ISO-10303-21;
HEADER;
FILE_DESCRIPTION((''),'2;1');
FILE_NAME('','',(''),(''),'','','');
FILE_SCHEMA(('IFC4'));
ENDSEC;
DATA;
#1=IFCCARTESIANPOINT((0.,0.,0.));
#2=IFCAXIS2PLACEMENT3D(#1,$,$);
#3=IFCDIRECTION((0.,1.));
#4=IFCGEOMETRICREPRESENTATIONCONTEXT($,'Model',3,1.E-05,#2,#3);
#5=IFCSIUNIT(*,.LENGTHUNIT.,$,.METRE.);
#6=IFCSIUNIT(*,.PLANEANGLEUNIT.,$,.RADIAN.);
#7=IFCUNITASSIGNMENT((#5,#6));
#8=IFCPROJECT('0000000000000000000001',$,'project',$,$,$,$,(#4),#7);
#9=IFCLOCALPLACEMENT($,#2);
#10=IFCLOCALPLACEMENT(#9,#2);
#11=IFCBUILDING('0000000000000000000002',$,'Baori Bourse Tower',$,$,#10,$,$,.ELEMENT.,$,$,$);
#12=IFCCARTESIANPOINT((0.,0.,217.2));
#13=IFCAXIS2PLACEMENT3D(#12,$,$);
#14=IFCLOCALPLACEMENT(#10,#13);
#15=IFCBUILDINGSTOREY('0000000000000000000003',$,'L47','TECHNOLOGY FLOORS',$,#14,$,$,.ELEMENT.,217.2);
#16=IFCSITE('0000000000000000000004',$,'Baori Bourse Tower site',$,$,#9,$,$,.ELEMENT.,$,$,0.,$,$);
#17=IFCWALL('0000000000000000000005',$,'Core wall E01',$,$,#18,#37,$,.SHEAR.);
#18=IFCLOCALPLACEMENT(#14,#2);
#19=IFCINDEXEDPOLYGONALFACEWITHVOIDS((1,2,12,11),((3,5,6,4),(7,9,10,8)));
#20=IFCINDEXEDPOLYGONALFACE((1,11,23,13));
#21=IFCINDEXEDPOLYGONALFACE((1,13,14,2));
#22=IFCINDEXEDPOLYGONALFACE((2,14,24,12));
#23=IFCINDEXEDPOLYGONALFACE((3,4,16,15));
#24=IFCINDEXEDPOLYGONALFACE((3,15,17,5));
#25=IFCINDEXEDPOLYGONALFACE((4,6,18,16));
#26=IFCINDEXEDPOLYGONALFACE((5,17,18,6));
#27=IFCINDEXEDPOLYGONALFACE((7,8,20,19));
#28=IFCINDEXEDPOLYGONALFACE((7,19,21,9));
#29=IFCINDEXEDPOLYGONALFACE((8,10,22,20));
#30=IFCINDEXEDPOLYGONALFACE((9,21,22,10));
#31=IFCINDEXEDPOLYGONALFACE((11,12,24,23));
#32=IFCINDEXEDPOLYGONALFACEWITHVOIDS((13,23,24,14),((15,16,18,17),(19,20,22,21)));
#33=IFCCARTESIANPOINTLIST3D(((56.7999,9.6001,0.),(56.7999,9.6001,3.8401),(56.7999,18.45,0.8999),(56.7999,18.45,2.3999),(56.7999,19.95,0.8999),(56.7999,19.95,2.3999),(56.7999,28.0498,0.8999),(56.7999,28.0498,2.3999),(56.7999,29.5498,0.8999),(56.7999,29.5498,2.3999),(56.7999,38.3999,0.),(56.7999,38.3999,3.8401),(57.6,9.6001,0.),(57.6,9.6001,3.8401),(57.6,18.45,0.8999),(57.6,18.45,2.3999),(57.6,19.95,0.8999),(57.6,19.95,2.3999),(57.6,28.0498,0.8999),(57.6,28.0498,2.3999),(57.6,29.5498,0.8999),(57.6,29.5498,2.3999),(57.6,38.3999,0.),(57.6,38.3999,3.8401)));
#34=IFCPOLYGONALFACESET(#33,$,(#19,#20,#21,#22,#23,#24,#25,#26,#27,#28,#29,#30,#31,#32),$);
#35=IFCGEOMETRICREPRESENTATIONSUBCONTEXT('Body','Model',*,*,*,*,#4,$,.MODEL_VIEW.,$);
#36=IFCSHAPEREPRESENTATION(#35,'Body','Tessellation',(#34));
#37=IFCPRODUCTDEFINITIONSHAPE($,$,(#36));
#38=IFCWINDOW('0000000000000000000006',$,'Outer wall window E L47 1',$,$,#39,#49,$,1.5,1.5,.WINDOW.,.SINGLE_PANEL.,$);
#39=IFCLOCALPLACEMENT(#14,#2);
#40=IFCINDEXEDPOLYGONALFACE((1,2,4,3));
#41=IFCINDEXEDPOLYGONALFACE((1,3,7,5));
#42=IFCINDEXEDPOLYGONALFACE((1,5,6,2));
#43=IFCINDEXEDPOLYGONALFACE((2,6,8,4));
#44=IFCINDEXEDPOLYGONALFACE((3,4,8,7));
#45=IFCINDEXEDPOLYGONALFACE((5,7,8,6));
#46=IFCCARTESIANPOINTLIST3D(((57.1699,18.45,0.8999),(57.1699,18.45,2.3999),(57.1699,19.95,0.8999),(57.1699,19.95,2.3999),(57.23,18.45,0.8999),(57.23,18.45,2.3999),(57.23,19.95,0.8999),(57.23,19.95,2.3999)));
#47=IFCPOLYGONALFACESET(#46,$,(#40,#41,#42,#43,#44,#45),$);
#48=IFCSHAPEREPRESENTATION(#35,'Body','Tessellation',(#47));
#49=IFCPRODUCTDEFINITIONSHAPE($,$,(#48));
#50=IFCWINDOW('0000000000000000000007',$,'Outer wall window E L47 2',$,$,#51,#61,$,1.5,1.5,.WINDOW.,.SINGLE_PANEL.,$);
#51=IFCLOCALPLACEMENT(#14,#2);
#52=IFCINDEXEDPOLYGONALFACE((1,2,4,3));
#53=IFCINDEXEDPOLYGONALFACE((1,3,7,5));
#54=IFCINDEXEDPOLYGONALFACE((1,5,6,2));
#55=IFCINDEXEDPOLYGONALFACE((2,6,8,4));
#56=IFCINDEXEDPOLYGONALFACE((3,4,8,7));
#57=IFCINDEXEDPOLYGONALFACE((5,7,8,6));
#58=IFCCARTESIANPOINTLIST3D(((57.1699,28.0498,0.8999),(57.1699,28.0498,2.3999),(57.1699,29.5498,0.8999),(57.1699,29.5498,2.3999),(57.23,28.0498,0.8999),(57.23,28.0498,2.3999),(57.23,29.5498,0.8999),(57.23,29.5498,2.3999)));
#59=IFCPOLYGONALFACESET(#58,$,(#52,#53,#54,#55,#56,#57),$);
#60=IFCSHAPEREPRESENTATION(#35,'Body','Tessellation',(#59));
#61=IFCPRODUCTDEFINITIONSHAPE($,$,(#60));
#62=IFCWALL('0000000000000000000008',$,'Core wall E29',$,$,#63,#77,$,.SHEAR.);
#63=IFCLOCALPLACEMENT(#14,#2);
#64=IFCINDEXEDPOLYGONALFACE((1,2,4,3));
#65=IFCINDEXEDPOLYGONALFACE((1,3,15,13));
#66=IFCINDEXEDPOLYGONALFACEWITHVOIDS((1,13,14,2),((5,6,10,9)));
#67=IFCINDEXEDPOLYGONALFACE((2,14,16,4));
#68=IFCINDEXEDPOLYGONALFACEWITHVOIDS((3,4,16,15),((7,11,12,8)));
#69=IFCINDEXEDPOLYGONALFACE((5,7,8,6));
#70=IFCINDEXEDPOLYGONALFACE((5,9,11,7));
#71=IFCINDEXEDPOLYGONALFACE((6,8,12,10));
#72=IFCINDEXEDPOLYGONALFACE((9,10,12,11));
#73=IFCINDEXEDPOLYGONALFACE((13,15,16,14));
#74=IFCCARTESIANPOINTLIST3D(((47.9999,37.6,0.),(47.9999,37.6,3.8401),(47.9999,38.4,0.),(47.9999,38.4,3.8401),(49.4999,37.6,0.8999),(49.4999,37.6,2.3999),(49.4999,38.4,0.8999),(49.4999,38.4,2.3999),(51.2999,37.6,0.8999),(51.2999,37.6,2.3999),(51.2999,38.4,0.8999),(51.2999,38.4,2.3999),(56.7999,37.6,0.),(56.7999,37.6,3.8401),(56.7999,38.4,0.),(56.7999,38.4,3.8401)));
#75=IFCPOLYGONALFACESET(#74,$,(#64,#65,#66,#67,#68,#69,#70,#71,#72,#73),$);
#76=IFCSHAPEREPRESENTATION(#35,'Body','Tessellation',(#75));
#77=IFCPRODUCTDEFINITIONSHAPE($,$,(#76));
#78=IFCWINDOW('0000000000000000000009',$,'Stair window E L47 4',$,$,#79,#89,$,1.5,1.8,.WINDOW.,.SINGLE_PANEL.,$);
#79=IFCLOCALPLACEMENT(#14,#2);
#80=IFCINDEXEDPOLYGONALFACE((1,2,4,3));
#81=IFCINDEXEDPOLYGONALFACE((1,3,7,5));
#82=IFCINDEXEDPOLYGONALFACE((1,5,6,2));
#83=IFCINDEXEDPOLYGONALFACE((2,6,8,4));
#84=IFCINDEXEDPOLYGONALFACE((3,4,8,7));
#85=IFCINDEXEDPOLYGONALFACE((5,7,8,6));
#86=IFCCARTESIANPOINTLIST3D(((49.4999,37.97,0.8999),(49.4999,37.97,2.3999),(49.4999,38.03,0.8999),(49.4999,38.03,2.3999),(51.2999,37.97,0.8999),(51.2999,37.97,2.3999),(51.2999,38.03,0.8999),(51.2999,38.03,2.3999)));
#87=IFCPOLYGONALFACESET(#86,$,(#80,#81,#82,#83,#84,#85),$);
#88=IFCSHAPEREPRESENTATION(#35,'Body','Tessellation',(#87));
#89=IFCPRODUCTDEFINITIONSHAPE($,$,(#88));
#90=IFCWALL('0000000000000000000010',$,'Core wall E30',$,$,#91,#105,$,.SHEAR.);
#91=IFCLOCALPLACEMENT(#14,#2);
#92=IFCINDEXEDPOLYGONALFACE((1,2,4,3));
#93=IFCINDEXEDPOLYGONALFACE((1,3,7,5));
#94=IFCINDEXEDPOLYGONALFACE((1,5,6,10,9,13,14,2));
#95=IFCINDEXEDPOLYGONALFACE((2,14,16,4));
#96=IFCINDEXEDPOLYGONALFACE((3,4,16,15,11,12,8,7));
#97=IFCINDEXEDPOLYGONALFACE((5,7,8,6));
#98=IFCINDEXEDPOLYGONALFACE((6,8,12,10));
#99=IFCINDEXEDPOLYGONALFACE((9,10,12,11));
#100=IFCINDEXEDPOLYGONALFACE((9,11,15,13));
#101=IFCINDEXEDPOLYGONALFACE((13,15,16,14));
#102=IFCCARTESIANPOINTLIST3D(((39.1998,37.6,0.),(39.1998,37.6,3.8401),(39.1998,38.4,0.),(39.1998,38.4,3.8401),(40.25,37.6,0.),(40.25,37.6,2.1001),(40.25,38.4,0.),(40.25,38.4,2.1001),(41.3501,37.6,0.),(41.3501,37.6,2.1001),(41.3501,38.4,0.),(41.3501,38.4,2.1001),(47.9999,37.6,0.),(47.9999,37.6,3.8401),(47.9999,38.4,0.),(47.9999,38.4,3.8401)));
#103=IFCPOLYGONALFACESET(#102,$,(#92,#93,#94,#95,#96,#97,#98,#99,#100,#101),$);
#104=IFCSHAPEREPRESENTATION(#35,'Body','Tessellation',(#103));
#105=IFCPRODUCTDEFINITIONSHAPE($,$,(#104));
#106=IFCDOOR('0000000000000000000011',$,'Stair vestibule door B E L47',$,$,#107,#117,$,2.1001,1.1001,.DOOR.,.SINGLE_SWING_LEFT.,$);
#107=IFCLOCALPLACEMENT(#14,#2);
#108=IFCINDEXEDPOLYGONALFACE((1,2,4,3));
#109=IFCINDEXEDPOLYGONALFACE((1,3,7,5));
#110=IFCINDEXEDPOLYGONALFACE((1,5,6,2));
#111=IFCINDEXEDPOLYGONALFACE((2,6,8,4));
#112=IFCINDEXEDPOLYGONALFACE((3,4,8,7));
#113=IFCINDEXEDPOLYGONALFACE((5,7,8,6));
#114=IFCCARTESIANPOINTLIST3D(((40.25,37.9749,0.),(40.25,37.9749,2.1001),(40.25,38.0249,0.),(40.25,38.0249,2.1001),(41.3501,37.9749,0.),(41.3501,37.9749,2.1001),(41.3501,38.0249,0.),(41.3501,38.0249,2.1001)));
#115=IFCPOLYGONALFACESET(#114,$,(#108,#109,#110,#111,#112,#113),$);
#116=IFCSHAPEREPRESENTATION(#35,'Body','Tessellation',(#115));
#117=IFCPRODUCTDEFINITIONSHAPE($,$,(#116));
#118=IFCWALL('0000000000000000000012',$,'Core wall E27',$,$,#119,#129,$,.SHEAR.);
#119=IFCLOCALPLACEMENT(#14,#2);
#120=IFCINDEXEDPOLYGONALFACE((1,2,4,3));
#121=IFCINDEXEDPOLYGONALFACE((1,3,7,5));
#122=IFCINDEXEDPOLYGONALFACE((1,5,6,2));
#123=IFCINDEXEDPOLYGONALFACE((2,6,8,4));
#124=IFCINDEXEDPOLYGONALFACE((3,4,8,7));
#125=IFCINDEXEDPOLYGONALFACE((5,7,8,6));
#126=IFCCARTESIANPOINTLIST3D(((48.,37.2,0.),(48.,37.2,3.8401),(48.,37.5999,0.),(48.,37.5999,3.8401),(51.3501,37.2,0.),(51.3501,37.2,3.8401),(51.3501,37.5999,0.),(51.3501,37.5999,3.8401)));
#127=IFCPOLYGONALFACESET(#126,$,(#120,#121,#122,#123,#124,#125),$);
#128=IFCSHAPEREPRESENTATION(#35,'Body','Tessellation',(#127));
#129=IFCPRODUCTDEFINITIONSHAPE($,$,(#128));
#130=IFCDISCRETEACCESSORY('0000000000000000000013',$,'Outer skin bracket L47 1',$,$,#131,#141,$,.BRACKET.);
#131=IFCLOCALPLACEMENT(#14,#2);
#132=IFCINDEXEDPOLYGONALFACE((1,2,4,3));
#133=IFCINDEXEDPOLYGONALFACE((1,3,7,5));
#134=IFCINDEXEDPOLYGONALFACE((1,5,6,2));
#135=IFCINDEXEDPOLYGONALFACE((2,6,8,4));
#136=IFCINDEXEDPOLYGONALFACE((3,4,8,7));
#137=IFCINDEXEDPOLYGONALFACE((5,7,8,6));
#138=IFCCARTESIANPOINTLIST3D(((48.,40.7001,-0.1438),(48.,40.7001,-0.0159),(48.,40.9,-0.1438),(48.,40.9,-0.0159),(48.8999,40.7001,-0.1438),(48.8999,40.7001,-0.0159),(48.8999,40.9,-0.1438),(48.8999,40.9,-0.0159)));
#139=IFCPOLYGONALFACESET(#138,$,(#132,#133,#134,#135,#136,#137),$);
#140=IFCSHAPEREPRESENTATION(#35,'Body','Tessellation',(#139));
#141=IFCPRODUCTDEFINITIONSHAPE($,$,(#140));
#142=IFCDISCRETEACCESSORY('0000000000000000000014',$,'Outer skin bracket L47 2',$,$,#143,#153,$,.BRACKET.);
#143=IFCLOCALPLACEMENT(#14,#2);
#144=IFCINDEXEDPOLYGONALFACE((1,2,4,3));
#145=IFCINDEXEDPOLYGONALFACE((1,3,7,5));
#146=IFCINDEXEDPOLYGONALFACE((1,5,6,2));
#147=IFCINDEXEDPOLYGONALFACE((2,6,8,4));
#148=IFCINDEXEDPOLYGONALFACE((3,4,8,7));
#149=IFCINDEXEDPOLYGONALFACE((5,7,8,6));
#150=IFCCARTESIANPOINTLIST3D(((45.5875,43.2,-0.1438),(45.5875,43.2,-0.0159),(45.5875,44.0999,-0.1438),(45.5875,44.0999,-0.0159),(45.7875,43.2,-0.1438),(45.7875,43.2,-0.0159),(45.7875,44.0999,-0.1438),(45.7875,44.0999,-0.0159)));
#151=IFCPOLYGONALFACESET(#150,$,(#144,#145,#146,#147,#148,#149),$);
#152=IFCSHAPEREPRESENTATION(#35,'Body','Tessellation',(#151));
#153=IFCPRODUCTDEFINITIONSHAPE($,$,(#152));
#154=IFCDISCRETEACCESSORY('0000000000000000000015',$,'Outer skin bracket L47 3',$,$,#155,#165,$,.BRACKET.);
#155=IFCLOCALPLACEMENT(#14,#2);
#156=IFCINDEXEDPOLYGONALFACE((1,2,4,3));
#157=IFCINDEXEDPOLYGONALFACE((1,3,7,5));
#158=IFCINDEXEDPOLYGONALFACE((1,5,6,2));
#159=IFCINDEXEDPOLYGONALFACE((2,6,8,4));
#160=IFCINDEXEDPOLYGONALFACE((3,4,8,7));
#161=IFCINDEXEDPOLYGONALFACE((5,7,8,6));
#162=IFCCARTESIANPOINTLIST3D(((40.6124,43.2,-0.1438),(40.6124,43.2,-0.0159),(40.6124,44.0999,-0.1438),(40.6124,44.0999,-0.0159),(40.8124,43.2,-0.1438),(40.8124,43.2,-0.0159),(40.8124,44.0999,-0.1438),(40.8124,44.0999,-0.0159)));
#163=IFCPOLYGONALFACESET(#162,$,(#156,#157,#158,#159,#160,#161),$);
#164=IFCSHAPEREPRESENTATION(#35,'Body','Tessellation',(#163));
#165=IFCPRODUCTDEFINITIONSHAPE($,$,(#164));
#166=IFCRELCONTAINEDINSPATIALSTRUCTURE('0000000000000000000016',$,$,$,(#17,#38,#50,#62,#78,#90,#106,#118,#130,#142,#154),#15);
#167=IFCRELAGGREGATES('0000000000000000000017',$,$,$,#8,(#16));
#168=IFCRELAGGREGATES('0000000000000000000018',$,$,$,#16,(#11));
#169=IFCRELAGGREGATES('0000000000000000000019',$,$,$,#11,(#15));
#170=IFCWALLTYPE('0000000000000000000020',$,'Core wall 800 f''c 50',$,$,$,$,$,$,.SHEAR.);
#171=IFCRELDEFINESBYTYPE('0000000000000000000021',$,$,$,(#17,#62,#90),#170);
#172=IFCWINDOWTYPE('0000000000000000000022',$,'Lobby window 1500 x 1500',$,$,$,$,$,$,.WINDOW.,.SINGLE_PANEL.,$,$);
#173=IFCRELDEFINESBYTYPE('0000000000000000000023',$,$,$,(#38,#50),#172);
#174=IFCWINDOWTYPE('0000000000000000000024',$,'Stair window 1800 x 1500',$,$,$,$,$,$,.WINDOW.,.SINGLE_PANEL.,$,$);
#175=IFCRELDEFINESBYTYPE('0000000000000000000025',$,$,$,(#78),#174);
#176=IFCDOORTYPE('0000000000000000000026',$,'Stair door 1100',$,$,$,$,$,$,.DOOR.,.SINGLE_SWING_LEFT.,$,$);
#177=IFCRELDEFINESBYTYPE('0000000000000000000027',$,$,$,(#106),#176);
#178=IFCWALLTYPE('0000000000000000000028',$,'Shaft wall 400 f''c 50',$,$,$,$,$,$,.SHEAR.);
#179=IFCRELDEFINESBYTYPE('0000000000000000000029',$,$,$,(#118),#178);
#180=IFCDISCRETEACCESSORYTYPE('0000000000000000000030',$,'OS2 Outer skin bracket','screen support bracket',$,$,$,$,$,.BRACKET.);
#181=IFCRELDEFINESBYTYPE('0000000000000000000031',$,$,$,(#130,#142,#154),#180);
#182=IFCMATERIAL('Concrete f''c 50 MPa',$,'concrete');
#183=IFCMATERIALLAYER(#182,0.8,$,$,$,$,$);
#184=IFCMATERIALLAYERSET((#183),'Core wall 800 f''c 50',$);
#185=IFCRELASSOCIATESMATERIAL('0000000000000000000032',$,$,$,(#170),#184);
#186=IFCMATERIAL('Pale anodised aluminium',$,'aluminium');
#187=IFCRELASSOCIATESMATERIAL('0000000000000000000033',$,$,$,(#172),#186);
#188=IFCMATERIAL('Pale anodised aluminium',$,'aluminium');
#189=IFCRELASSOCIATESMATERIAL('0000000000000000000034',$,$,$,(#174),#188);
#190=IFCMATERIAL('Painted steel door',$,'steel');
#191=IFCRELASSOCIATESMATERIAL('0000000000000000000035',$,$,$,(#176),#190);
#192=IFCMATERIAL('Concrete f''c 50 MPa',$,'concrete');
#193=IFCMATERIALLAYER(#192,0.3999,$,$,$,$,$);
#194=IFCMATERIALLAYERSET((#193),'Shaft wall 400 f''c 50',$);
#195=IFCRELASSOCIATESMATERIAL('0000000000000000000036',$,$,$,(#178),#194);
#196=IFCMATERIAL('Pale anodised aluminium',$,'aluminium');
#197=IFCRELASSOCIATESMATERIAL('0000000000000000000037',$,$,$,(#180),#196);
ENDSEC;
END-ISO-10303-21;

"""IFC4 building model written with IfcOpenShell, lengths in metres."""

from ifc_helpers import new_model, si_unit, direction, frame, frame_2d, origin, origin_2d, place, context, subcontext, project, spatial, rectangle, extrude, material, layer, layer_set, type_object, element, fill, save


model = new_model("IFC4")

# Units and contexts
model_context = context("Model", 3, precision=1e-05, world=origin(), true_north=direction((0.0, 1.0)))
body_context = subcontext(model_context, "Body", "Model", "MODEL_VIEW")
ifc_project = project(units=[si_unit("LENGTHUNIT", "METRE"), si_unit("PLANEANGLEUNIT", "RADIAN")], contexts=[model_context])

# Site, building, storey
site_placement = place(None, origin())
site = spatial("IfcSite", under=ifc_project, at=site_placement, Name="Baori Bourse Tower site", CompositionType="ELEMENT", RefElevation=0.0)
building_placement = place(site_placement, origin())
building = spatial("IfcBuilding", under=site, at=building_placement, Name="Baori Bourse Tower", CompositionType="ELEMENT")
storey_placement = place(building_placement, frame((0.0, 0.0, 217.2)))
storey = spatial("IfcBuildingStorey", under=building, at=storey_placement, Name="L47", Description="TECHNOLOGY FLOORS", CompositionType="ELEMENT", Elevation=217.2)

# Wall, openings, windows
ifc_material_1 = material(Name="Concrete f'c 50 MPa", Category="concrete")
ifc_layer_1 = layer(ifc_material_1, 0.8)
ifc_layer_set_1 = layer_set([ifc_layer_1], Name="Core wall 800 f'c 50")
wall_type_1 = type_object("IfcWallType", Name="Core wall 800 f'c 50", PredefinedType="SHEAR", material=ifc_layer_set_1)
wall_1_placement = place(storey_placement, frame((57.2, 38.3999, 0.0), z_axis=(0.0, 0.0, 1.0), x_axis=(0.0, -1.0, 0.0)))
wall_1 = element("IfcWall", 1, at=wall_1_placement, inside=storey, type_object=wall_type_1, Name="Core wall E01", PredefinedType="SHEAR", context=body_context, shape_type="SweptSolid", body=[
    extrude(rectangle(XDim=28.7998, YDim=0.8, at=frame_2d((14.3999, 0.0))), origin(), (0.0, 0.0, 1.0), 3.8401),
])
opening_1_placement = place(wall_1_placement, frame((18.45, 0.0, 0.8999)))
opening_1 = element("IfcOpeningElement", 2, at=opening_1_placement, cuts=wall_1, PredefinedType="OPENING", context=body_context, shape_type="SweptSolid", body=[
    extrude(rectangle(XDim=1.5, YDim=1.5, at=frame_2d((0.75, 0.75))), frame((0.0, 0.4099, 0.0), z_axis=(0.0, -1.0, 0.0), x_axis=(1.0, 0.0, 0.0)), (0.0, 0.0, 1.0), 0.8201),
])
opening_2_placement = place(wall_1_placement, frame((8.8501, 0.0, 0.8999)))
opening_2 = element("IfcOpeningElement", 3, at=opening_2_placement, cuts=wall_1, PredefinedType="OPENING", context=body_context, shape_type="SweptSolid", body=[
    extrude(rectangle(XDim=1.5, YDim=1.5, at=frame_2d((0.75, 0.75))), frame((0.0, 0.4099, 0.0), z_axis=(0.0, -1.0, 0.0), x_axis=(1.0, 0.0, 0.0)), (0.0, 0.0, 1.0), 0.8201),
])
ifc_material_2 = material(Name="Pale anodised aluminium", Category="aluminium")
window_type_1 = type_object("IfcWindowType", Name="Lobby window 1500 x 1500", PartitioningType="SINGLE_PANEL", PredefinedType="WINDOW", material=ifc_material_2)
window_1_placement = place(opening_1_placement, origin())
window_1 = element("IfcWindow", 4, at=window_1_placement, inside=storey, type_object=window_type_1, Name="Outer wall window E L47 1", OverallHeight=1.5, OverallWidth=1.5, PartitioningType="SINGLE_PANEL", PredefinedType="WINDOW", context=body_context, shape_type="SweptSolid", body=[
    extrude(rectangle(XDim=1.5, YDim=1.5, at=frame_2d((0.75, 0.75))), frame((0.0, 0.03, 0.0), z_axis=(0.0, -1.0, 0.0), x_axis=(1.0, 0.0, 0.0)), (0.0, 0.0, 1.0), 0.0601),
])
fill(opening_1, window_1)
window_2_placement = place(opening_2_placement, origin())
window_2 = element("IfcWindow", 5, at=window_2_placement, inside=storey, type_object=window_type_1, Name="Outer wall window E L47 2", OverallHeight=1.5, OverallWidth=1.5, PartitioningType="SINGLE_PANEL", PredefinedType="WINDOW", context=body_context, shape_type="SweptSolid", body=[
    extrude(rectangle(XDim=1.5, YDim=1.5, at=frame_2d((0.75, 0.75))), frame((0.0, 0.03, 0.0), z_axis=(0.0, -1.0, 0.0), x_axis=(1.0, 0.0, 0.0)), (0.0, 0.0, 1.0), 0.0601),
])
fill(opening_2, window_2)

# Wall, opening, window
wall_2_placement = place(storey_placement, frame((48.0, 38.0, 0.0), z_axis=(0.0, 0.0, 1.0), x_axis=(1.0, 0.0, 0.0)))
wall_2 = element("IfcWall", 6, at=wall_2_placement, inside=storey, type_object=wall_type_1, Name="Core wall E29", PredefinedType="SHEAR", context=body_context, shape_type="SweptSolid", body=[
    extrude(rectangle(XDim=8.8, YDim=0.8, at=frame_2d((4.3999, 0.0))), origin(), (0.0, 0.0, 1.0), 3.8401),
])
opening_3_placement = place(wall_2_placement, frame((1.5, 0.0, 0.8999)))
opening_3 = element("IfcOpeningElement", 7, at=opening_3_placement, cuts=wall_2, PredefinedType="OPENING", context=body_context, shape_type="SweptSolid", body=[
    extrude(rectangle(XDim=1.8, YDim=1.5, at=frame_2d((0.8999, 0.75))), frame((0.0, 0.4099, 0.0), z_axis=(0.0, -1.0, 0.0), x_axis=(1.0, 0.0, 0.0)), (0.0, 0.0, 1.0), 0.8201),
])
ifc_material_3 = material(Name="Pale anodised aluminium", Category="aluminium")
window_type_2 = type_object("IfcWindowType", Name="Stair window 1800 x 1500", PartitioningType="SINGLE_PANEL", PredefinedType="WINDOW", material=ifc_material_3)
window_3_placement = place(opening_3_placement, origin())
window_3 = element("IfcWindow", 8, at=window_3_placement, inside=storey, type_object=window_type_2, Name="Stair window E L47 4", OverallHeight=1.5, OverallWidth=1.8, PartitioningType="SINGLE_PANEL", PredefinedType="WINDOW", context=body_context, shape_type="SweptSolid", body=[
    extrude(rectangle(XDim=1.8, YDim=1.5, at=frame_2d((0.8999, 0.75))), frame((0.0, 0.03, 0.0), z_axis=(0.0, -1.0, 0.0), x_axis=(1.0, 0.0, 0.0)), (0.0, 0.0, 1.0), 0.0601),
])
fill(opening_3, window_3)

# Wall, opening, door
wall_3_placement = place(storey_placement, frame((39.2, 38.0, 0.0), z_axis=(0.0, 0.0, 1.0), x_axis=(1.0, 0.0, 0.0)))
wall_3 = element("IfcWall", 9, at=wall_3_placement, inside=storey, type_object=wall_type_1, Name="Core wall E30", PredefinedType="SHEAR", context=body_context, shape_type="SweptSolid", body=[
    extrude(rectangle(XDim=8.8, YDim=0.8, at=frame_2d((4.3999, 0.0))), origin(), (0.0, 0.0, 1.0), 3.8401),
])
opening_4_placement = place(wall_3_placement, frame((1.05, 0.0, 0.0)))
opening_4 = element("IfcOpeningElement", 10, at=opening_4_placement, cuts=wall_3, PredefinedType="OPENING", context=body_context, shape_type="SweptSolid", body=[
    extrude(rectangle(XDim=1.1001, YDim=2.1001, at=frame_2d((0.55, 1.05))), frame((0.0, 0.4099, 0.0), z_axis=(0.0, -1.0, 0.0), x_axis=(1.0, 0.0, 0.0)), (0.0, 0.0, 1.0), 0.8201),
])
ifc_material_4 = material(Name="Painted steel door", Category="steel")
door_type = type_object("IfcDoorType", Name="Stair door 1100", OperationType="SINGLE_SWING_LEFT", PredefinedType="DOOR", material=ifc_material_4)
door_placement = place(opening_4_placement, origin())
door = element("IfcDoor", 11, at=door_placement, inside=storey, type_object=door_type, Name="Stair vestibule door B E L47", OperationType="SINGLE_SWING_LEFT", OverallHeight=2.1001, OverallWidth=1.1001, PredefinedType="DOOR", context=body_context, shape_type="SweptSolid", body=[
    extrude(rectangle(XDim=1.1001, YDim=2.1001, at=frame_2d((0.55, 1.05))), frame((0.0, 0.0249, 0.0), z_axis=(0.0, -1.0, 0.0), x_axis=(1.0, 0.0, 0.0)), (0.0, 0.0, 1.0), 0.05),
])
fill(opening_4, door)

# Wall
ifc_material_5 = material(Name="Concrete f'c 50 MPa", Category="concrete")
ifc_layer_2 = layer(ifc_material_5, 0.3999)
ifc_layer_set_2 = layer_set([ifc_layer_2], Name="Shaft wall 400 f'c 50")
wall_type_2 = type_object("IfcWallType", Name="Shaft wall 400 f'c 50", PredefinedType="SHEAR", material=ifc_layer_set_2)
wall_4_placement = place(storey_placement, frame((48.0, 37.3999, 0.0), z_axis=(0.0, 0.0, 1.0), x_axis=(1.0, 0.0, 0.0)))
element("IfcWall", 12, at=wall_4_placement, inside=storey, type_object=wall_type_2, Name="Core wall E27", PredefinedType="SHEAR", context=body_context, shape_type="SweptSolid", body=[
    extrude(rectangle(XDim=3.3501, YDim=0.3999, at=frame_2d((1.675, 0.0))), origin(), (0.0, 0.0, 1.0), 3.8401),
])

# Discrete accessories
ifc_material_6 = material(Name="Pale anodised aluminium", Category="aluminium")
discrete_accessory_type = type_object("IfcDiscreteAccessoryType", Name="OS2 Outer skin bracket", Description="screen support bracket", PredefinedType="BRACKET", material=ifc_material_6)
for number, where, z_axis, x_axis, name in (
    (13, (48.45, 40.8, -0.1438), (0.0, 0.0, 1.0), (0.0, 1.0, 0.0), "Outer skin bracket L47 1"),
    (14, (45.6875, 43.6499, -0.1438), (0.0, 0.0, 1.0), (-1.0, 0.0, 0.0), "Outer skin bracket L47 2"),
    (15, (40.7124, 43.6499, -0.1438), (0.0, 0.0, 1.0), (-1.0, 0.0, 0.0), "Outer skin bracket L47 3"),
):
    element("IfcDiscreteAccessory", number, at=place(storey_placement, frame(where, z_axis=z_axis, x_axis=x_axis)), inside=storey, type_object=discrete_accessory_type, Name=name, PredefinedType="BRACKET", context=body_context, shape_type="SweptSolid", body=[
        extrude(rectangle(XDim=0.2, YDim=0.8999, at=origin_2d()), origin(), (0.0, 0.0, 1.0), 0.1279),
    ])

save(model, "model.ifc")
